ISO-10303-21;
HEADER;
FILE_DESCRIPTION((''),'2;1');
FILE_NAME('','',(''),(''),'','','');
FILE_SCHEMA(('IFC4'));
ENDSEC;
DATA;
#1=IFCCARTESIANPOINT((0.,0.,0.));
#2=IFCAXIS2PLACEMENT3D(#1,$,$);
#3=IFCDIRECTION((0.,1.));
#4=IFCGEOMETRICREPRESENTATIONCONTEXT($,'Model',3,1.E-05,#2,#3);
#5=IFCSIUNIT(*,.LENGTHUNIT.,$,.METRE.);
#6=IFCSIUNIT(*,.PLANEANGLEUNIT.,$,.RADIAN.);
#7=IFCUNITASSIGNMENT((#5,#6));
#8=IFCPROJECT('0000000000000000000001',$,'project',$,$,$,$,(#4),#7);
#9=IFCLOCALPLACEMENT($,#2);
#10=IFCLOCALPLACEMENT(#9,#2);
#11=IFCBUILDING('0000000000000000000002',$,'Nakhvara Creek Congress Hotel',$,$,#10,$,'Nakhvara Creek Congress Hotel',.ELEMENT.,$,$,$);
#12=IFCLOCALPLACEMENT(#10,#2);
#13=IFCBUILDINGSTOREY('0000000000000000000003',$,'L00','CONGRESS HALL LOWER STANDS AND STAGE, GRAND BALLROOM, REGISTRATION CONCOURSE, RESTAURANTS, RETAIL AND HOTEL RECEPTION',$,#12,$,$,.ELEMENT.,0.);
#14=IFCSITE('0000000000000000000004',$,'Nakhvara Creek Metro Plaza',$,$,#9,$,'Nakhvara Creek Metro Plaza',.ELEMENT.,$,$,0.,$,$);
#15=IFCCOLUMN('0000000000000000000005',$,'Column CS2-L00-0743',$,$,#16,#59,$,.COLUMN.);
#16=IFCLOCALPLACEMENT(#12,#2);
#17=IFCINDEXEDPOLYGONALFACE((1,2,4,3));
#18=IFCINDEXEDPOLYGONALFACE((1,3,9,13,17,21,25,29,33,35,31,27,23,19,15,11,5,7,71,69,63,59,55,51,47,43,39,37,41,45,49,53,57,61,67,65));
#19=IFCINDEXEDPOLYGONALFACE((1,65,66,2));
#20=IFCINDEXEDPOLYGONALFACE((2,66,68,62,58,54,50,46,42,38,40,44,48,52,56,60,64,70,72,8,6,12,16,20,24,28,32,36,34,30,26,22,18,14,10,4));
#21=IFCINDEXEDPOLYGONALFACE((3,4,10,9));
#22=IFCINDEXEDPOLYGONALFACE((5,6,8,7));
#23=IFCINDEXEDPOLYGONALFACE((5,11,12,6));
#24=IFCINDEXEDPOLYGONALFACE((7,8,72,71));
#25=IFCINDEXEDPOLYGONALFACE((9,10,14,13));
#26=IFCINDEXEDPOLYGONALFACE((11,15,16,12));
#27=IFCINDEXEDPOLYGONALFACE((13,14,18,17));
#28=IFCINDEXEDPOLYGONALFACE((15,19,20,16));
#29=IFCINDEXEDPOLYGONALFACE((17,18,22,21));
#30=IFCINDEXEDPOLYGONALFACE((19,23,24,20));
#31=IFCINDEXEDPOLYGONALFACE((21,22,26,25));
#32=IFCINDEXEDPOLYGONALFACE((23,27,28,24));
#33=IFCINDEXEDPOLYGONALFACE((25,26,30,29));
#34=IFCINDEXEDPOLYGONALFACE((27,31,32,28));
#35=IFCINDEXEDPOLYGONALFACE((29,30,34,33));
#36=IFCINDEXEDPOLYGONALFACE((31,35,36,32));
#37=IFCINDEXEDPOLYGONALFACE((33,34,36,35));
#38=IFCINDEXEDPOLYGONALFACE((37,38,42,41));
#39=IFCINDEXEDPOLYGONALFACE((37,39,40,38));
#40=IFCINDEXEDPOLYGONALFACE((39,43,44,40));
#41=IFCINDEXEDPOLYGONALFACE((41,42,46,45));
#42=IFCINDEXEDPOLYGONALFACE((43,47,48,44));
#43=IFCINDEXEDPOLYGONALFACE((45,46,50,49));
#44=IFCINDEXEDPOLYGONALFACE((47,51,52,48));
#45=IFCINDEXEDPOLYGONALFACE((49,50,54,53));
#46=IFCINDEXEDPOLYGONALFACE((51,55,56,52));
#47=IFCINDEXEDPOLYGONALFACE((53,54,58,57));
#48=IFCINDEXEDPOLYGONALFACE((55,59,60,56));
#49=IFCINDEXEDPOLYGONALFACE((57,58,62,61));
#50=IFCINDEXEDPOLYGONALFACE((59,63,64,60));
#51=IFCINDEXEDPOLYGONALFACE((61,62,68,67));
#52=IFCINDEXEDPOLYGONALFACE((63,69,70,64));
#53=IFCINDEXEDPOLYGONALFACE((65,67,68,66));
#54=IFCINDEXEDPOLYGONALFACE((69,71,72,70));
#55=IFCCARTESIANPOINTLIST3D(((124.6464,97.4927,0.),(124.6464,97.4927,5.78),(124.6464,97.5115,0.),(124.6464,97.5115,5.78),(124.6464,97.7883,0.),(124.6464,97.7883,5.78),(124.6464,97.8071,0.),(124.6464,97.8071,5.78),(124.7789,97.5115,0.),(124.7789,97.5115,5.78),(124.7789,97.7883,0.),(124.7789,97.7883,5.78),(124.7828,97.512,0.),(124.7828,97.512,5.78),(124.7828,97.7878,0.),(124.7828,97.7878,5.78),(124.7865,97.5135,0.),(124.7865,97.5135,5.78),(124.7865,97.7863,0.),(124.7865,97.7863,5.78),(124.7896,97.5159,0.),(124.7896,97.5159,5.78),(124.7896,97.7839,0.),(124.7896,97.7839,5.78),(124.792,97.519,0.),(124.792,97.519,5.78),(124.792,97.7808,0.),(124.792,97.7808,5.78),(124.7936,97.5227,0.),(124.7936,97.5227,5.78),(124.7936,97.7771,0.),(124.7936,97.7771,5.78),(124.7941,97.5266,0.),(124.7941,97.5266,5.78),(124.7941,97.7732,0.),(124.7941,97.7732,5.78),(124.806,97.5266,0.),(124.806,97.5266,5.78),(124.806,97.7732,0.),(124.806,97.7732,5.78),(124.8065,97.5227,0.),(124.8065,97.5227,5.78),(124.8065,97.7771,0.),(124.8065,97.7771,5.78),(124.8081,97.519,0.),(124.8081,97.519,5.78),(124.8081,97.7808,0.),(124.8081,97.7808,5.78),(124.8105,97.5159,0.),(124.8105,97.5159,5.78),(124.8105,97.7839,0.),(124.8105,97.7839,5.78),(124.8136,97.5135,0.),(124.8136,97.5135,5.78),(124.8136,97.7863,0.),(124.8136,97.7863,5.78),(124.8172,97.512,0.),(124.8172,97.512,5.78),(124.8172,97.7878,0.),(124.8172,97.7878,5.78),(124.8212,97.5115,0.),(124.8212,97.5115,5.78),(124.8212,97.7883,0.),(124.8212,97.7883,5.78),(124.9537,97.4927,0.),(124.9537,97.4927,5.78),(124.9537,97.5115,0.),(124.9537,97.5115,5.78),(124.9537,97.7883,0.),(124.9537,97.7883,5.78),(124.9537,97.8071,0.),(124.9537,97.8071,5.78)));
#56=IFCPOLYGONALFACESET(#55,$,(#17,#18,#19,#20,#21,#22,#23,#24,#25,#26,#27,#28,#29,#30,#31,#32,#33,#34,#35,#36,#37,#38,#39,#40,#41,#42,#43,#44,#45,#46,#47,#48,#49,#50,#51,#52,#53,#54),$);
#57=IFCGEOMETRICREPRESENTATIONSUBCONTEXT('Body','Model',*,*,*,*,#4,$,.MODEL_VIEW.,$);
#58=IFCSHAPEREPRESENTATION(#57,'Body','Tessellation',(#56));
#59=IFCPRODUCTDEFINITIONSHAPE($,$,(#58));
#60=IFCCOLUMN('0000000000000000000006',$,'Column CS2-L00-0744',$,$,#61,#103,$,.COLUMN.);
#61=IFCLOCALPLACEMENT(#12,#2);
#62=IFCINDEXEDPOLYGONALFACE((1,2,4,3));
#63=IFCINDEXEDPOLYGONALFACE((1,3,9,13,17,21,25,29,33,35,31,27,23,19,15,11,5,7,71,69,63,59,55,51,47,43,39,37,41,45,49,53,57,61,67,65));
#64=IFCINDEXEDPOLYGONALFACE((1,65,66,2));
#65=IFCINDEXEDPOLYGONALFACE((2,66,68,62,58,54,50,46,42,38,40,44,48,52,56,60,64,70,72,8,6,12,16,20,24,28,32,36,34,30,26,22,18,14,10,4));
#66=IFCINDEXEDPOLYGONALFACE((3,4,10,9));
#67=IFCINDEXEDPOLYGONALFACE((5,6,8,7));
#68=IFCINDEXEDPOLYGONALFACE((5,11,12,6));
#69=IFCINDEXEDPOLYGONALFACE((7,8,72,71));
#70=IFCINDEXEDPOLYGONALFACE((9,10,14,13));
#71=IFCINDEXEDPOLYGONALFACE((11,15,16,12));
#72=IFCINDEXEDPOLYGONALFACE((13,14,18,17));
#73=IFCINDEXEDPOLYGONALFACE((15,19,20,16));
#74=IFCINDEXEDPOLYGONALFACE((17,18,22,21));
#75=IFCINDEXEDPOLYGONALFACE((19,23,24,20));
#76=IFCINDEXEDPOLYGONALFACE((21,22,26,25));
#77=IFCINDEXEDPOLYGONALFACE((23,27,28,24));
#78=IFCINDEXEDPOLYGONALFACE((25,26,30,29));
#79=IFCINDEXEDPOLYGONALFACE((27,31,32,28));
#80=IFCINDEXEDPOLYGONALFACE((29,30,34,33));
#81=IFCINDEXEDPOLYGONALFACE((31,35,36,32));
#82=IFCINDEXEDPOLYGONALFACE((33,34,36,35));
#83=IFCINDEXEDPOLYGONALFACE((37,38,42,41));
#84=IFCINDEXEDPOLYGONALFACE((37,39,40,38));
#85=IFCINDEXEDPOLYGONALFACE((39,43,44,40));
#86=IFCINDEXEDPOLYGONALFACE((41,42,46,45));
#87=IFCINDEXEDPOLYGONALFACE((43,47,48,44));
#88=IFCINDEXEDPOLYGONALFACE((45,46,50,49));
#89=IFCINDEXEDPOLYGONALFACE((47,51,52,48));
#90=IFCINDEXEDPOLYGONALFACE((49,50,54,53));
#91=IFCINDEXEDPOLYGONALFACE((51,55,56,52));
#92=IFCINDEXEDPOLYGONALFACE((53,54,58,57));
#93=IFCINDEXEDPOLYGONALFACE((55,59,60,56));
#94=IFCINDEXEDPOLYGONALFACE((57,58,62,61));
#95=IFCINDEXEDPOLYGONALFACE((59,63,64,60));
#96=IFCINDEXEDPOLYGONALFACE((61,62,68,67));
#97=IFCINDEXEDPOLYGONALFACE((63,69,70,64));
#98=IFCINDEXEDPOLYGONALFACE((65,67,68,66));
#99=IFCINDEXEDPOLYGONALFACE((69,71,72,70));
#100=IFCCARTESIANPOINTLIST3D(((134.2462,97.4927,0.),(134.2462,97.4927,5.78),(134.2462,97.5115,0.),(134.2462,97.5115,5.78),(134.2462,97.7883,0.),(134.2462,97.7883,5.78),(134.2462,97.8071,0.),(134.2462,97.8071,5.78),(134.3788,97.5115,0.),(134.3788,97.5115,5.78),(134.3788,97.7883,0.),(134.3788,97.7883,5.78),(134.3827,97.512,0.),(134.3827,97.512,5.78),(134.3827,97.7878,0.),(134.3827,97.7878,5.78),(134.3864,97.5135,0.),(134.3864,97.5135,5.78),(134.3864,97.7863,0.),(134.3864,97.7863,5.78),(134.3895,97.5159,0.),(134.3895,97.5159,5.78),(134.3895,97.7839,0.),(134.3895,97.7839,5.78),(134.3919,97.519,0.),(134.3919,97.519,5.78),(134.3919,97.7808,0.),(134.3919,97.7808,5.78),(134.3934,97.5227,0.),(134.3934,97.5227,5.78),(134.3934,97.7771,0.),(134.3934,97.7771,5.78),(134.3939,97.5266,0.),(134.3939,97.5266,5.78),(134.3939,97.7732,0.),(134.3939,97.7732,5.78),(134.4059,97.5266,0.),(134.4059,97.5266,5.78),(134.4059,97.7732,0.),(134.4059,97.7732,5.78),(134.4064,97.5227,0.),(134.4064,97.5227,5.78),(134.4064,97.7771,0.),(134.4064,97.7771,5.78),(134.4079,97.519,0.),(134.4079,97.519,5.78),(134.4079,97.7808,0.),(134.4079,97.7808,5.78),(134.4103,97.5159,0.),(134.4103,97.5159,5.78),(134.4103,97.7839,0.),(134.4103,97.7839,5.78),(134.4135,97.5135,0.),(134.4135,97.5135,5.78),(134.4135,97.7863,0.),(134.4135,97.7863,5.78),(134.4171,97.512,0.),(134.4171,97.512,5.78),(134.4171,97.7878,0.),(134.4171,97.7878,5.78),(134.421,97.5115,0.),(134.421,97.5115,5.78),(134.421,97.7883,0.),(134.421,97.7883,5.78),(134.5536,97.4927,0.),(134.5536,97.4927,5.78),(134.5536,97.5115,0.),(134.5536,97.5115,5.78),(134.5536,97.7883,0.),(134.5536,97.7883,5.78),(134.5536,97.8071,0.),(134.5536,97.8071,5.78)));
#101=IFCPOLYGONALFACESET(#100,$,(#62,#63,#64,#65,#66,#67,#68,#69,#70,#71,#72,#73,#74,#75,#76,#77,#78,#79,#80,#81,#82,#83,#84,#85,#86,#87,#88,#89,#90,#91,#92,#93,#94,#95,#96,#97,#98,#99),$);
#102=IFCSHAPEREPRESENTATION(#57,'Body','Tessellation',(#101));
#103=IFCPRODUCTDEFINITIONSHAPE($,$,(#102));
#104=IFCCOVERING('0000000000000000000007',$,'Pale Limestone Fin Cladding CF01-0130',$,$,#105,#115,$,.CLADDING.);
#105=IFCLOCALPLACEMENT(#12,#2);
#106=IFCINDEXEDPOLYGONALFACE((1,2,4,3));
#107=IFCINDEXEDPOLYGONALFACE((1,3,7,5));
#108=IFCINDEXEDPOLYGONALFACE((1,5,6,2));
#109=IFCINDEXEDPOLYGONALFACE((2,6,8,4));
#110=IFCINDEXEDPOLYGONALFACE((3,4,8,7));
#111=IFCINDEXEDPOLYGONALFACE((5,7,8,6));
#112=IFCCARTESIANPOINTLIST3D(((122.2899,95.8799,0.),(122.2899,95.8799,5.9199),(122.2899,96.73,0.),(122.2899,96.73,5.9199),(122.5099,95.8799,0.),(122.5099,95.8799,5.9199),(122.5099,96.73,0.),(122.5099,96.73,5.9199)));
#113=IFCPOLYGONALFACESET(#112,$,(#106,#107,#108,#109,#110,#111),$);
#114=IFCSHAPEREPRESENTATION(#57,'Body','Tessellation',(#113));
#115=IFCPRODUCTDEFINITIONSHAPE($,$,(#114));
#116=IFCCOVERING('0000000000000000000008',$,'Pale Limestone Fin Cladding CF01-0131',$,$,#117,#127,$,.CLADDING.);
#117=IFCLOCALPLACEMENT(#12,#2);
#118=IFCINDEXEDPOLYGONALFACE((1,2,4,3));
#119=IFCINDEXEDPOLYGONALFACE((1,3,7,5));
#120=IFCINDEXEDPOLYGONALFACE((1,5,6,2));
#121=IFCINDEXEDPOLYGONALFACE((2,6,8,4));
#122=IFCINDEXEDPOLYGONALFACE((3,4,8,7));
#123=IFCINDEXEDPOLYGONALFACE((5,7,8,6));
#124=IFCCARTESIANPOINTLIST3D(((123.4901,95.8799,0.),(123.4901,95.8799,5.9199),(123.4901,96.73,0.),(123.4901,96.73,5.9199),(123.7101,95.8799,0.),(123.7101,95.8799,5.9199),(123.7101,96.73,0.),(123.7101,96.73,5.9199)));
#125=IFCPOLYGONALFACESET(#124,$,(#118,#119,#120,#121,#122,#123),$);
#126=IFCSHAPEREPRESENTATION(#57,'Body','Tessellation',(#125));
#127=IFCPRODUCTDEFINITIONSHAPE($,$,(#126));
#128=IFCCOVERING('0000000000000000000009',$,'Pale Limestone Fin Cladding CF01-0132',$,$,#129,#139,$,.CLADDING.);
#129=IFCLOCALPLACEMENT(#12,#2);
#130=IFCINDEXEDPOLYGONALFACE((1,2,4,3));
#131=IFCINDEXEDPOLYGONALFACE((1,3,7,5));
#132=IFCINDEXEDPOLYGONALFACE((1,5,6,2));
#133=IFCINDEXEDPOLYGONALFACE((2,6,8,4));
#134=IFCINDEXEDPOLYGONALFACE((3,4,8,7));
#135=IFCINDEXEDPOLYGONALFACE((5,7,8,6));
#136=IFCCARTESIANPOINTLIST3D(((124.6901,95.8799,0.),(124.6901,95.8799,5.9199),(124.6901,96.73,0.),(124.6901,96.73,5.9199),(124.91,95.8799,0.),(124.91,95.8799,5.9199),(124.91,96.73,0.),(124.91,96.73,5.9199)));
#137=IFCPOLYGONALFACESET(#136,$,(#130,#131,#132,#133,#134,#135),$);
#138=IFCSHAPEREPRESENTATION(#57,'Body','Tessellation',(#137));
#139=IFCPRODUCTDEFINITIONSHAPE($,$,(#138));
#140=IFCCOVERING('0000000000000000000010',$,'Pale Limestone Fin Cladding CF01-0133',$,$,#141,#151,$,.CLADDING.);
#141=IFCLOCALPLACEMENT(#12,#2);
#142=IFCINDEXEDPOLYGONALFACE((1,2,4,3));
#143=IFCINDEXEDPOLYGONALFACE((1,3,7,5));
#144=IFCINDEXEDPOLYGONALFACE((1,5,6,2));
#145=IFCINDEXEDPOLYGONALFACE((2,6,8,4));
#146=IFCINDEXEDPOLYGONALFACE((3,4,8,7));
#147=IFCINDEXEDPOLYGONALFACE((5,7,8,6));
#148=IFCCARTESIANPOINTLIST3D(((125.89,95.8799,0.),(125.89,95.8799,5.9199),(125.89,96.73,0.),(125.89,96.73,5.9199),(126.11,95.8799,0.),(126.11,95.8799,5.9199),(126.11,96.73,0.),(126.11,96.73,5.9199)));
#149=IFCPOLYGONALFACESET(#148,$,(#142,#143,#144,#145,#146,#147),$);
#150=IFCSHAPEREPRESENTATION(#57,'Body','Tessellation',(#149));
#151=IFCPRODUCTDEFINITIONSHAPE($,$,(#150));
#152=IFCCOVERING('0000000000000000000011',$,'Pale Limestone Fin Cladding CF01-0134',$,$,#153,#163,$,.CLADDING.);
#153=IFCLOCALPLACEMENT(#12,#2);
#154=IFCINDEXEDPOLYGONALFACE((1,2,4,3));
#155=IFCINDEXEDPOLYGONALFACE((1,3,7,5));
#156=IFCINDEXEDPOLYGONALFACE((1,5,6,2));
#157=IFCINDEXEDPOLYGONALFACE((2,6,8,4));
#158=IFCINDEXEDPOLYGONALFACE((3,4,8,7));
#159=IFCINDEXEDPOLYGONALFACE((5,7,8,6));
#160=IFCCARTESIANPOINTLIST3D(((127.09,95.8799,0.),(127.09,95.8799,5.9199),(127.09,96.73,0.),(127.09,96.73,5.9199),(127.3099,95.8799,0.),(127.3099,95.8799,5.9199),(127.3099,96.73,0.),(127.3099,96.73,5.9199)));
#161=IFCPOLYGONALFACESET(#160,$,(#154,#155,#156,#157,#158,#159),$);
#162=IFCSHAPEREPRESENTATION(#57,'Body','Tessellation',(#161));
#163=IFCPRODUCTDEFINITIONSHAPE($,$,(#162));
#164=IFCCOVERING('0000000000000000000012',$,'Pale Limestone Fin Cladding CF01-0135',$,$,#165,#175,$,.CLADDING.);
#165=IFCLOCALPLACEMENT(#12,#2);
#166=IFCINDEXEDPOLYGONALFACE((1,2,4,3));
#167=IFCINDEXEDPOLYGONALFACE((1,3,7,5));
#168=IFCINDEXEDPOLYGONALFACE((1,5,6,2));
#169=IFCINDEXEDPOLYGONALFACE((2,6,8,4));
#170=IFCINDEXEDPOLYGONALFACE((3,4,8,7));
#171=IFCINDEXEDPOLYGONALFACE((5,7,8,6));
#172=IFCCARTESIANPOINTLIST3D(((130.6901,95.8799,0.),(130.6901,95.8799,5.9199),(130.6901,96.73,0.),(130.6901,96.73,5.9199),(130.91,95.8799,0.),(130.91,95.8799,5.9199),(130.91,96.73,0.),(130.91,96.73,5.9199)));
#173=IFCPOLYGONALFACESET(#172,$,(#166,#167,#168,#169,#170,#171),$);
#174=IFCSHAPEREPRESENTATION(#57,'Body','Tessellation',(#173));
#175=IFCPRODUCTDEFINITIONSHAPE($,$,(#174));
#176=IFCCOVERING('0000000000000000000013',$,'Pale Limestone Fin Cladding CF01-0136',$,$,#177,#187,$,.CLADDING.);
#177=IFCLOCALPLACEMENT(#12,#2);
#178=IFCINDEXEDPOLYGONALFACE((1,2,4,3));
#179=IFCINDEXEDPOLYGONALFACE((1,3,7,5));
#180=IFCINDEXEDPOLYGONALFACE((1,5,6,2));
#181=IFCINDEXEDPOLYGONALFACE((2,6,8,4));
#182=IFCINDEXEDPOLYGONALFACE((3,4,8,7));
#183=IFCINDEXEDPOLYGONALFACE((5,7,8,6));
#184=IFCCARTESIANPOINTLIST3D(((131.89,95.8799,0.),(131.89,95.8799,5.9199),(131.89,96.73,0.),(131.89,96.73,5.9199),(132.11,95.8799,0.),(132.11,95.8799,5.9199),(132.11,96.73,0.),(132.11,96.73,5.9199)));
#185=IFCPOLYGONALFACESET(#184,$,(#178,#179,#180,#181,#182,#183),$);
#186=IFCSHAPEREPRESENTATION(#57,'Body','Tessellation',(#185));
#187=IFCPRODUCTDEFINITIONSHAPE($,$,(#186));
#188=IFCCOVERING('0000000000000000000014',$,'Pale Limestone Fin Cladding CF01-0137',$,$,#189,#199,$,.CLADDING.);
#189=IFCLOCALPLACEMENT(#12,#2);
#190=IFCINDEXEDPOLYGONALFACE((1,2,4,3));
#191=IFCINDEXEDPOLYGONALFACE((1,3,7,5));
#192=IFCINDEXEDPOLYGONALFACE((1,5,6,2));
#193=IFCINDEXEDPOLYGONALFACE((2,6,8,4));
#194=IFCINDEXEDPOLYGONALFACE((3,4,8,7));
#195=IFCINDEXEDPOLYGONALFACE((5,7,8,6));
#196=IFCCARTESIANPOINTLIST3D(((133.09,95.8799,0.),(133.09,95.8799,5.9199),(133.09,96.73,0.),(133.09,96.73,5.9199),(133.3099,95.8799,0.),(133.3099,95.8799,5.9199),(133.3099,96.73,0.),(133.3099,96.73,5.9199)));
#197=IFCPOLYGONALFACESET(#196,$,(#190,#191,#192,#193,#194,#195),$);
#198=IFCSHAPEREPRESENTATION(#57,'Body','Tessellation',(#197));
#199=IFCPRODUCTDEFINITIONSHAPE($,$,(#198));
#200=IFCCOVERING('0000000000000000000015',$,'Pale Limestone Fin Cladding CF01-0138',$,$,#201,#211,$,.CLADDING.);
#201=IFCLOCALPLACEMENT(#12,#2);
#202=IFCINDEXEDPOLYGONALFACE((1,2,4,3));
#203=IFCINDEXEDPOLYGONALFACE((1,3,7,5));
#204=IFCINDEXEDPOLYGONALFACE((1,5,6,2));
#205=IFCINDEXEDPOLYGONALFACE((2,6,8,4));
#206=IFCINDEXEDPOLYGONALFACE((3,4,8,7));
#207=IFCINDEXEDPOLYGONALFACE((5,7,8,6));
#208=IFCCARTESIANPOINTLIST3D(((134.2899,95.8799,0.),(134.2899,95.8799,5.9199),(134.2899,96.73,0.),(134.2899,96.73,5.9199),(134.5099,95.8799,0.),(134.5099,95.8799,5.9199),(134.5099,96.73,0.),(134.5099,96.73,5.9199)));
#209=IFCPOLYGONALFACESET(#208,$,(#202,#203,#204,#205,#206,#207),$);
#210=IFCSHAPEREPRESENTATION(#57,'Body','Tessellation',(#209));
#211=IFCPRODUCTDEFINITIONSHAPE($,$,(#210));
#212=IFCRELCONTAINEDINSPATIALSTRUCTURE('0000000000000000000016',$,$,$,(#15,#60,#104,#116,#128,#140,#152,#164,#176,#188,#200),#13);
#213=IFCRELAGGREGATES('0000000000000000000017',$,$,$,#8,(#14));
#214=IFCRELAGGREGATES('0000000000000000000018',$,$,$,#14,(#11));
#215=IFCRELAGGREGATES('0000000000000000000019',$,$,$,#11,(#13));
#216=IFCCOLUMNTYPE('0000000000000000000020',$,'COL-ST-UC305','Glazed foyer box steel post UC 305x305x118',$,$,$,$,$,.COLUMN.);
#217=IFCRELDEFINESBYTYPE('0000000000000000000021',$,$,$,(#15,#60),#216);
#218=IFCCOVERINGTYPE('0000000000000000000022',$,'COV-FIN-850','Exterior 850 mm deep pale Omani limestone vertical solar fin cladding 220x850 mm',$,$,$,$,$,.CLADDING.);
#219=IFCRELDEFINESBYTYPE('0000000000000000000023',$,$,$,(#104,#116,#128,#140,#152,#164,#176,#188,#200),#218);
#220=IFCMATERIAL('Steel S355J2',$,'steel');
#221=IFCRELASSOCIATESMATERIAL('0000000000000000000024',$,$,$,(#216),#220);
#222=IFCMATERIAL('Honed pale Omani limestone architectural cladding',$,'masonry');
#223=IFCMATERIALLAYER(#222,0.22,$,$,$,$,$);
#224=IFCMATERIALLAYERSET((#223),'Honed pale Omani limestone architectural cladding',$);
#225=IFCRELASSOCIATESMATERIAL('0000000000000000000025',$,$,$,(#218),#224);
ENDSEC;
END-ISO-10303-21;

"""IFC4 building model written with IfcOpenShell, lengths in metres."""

from ifc_helpers import new_model, si_unit, direction, frame, origin, origin_2d, place, context, subcontext, project, spatial, rectangle, i_section, extrude, material, layer, layer_set, material_profile, profile_set, type_object, element, save


model = new_model("IFC4")

# Units and contexts
model_context = context("Model", 3, precision=1e-05, world=origin(), true_north=direction((0.0, 1.0)))
body_context = subcontext(model_context, "Body", "Model", "MODEL_VIEW")
ifc_project = project(units=[si_unit("LENGTHUNIT", "METRE"), si_unit("PLANEANGLEUNIT", "RADIAN")], contexts=[model_context])

# Site, building, storey
site_placement = place(None, origin())
site = spatial("IfcSite", under=ifc_project, at=site_placement, Name="Nakhvara Creek Metro Plaza", LongName="Nakhvara Creek Metro Plaza", CompositionType="ELEMENT", RefElevation=0.0)
building_placement = place(site_placement, origin())
building = spatial("IfcBuilding", under=site, at=building_placement, Name="Nakhvara Creek Congress Hotel", LongName="Nakhvara Creek Congress Hotel", CompositionType="ELEMENT")
storey_placement = place(building_placement, origin())
storey = spatial("IfcBuildingStorey", under=building, at=storey_placement, Name="L00", Description="CONGRESS HALL LOWER STANDS AND STAGE, GRAND BALLROOM, REGISTRATION CONCOURSE, RESTAURANTS, RETAIL AND HOTEL RECEPTION", CompositionType="ELEMENT", Elevation=0.0)

# Columns
ifc_material_1 = material(Name="Steel S355J2", Category="steel")
ifc_material_profile = material_profile(ifc_material_1, i_section(OverallWidth=0.3074, OverallDepth=0.3145, WebThickness=0.012, FlangeThickness=0.0188, FilletRadius=0.0151, at=origin_2d()), Name="UC 305x305x118", Category="LoadBearing")
ifc_profile_set = profile_set([ifc_material_profile], Name="Steel S355J2")
column_type = type_object("IfcColumnType", Name="COL-ST-UC305", Description="Glazed foyer box steel post UC 305x305x118", PredefinedType="COLUMN", material=ifc_profile_set)
for number, where, z_axis, x_axis, name in (
    (1, (124.8, 97.6499, 0.0), (0.0, 0.0, 1.0), (1.0, 0.0, 0.0), "Column CS2-L00-0743"),
    (2, (134.3999, 97.6499, 0.0), (0.0, 0.0, 1.0), (1.0, 0.0, 0.0), "Column CS2-L00-0744"),
):
    element("IfcColumn", number, at=place(storey_placement, frame(where, z_axis=z_axis, x_axis=x_axis)), inside=storey, type_object=column_type, Name=name, PredefinedType="COLUMN", context=body_context, shape_type="SweptSolid", body=[
        extrude(i_section(OverallWidth=0.3074, OverallDepth=0.3145, WebThickness=0.012, FlangeThickness=0.0188, FilletRadius=0.0151, at=origin_2d()), origin(), (0.0, 0.0, 1.0), 5.78),
    ])

# Coverings
ifc_material_2 = material(Name="Honed pale Omani limestone architectural cladding", Category="masonry")
ifc_layer_1 = layer(ifc_material_2, 0.22)
ifc_layer_set_1 = layer_set([ifc_layer_1], Name="Honed pale Omani limestone architectural cladding")
covering_type = type_object("IfcCoveringType", Name="COV-FIN-850", Description="Exterior 850 mm deep pale Omani limestone vertical solar fin cladding 220x850 mm", PredefinedType="CLADDING", material=ifc_layer_set_1)
for number, where, z_axis, x_axis, name in (
    (3, (122.3999, 96.3049, 0.0), (0.0, 0.0, 1.0), (1.0, 0.0, 0.0), "Pale Limestone Fin Cladding CF01-0130"),
    (4, (123.6001, 96.3049, 0.0), (0.0, 0.0, 1.0), (1.0, 0.0, 0.0), "Pale Limestone Fin Cladding CF01-0131"),
    (5, (124.8, 96.3049, 0.0), (0.0, 0.0, 1.0), (1.0, 0.0, 0.0), "Pale Limestone Fin Cladding CF01-0132"),
    (6, (126.0, 96.3049, 0.0), (0.0, 0.0, 1.0), (1.0, 0.0, 0.0), "Pale Limestone Fin Cladding CF01-0133"),
    (7, (127.2, 96.3049, 0.0), (0.0, 0.0, 1.0), (1.0, 0.0, 0.0), "Pale Limestone Fin Cladding CF01-0134"),
    (8, (130.8, 96.3049, 0.0), (0.0, 0.0, 1.0), (1.0, 0.0, 0.0), "Pale Limestone Fin Cladding CF01-0135"),
    (9, (132.0, 96.3049, 0.0), (0.0, 0.0, 1.0), (1.0, 0.0, 0.0), "Pale Limestone Fin Cladding CF01-0136"),
    (10, (133.2, 96.3049, 0.0), (0.0, 0.0, 1.0), (1.0, 0.0, 0.0), "Pale Limestone Fin Cladding CF01-0137"),
    (11, (134.3999, 96.3049, 0.0), (0.0, 0.0, 1.0), (1.0, 0.0, 0.0), "Pale Limestone Fin Cladding CF01-0138"),
):
    element("IfcCovering", number, at=place(storey_placement, frame(where, z_axis=z_axis, x_axis=x_axis)), inside=storey, type_object=covering_type, Name=name, PredefinedType="CLADDING", context=body_context, shape_type="SweptSolid", body=[
        extrude(rectangle(XDim=0.22, YDim=0.8501, at=origin_2d()), origin(), (0.0, 0.0, 1.0), 5.9199),
    ])

save(model, "model.ifc")
